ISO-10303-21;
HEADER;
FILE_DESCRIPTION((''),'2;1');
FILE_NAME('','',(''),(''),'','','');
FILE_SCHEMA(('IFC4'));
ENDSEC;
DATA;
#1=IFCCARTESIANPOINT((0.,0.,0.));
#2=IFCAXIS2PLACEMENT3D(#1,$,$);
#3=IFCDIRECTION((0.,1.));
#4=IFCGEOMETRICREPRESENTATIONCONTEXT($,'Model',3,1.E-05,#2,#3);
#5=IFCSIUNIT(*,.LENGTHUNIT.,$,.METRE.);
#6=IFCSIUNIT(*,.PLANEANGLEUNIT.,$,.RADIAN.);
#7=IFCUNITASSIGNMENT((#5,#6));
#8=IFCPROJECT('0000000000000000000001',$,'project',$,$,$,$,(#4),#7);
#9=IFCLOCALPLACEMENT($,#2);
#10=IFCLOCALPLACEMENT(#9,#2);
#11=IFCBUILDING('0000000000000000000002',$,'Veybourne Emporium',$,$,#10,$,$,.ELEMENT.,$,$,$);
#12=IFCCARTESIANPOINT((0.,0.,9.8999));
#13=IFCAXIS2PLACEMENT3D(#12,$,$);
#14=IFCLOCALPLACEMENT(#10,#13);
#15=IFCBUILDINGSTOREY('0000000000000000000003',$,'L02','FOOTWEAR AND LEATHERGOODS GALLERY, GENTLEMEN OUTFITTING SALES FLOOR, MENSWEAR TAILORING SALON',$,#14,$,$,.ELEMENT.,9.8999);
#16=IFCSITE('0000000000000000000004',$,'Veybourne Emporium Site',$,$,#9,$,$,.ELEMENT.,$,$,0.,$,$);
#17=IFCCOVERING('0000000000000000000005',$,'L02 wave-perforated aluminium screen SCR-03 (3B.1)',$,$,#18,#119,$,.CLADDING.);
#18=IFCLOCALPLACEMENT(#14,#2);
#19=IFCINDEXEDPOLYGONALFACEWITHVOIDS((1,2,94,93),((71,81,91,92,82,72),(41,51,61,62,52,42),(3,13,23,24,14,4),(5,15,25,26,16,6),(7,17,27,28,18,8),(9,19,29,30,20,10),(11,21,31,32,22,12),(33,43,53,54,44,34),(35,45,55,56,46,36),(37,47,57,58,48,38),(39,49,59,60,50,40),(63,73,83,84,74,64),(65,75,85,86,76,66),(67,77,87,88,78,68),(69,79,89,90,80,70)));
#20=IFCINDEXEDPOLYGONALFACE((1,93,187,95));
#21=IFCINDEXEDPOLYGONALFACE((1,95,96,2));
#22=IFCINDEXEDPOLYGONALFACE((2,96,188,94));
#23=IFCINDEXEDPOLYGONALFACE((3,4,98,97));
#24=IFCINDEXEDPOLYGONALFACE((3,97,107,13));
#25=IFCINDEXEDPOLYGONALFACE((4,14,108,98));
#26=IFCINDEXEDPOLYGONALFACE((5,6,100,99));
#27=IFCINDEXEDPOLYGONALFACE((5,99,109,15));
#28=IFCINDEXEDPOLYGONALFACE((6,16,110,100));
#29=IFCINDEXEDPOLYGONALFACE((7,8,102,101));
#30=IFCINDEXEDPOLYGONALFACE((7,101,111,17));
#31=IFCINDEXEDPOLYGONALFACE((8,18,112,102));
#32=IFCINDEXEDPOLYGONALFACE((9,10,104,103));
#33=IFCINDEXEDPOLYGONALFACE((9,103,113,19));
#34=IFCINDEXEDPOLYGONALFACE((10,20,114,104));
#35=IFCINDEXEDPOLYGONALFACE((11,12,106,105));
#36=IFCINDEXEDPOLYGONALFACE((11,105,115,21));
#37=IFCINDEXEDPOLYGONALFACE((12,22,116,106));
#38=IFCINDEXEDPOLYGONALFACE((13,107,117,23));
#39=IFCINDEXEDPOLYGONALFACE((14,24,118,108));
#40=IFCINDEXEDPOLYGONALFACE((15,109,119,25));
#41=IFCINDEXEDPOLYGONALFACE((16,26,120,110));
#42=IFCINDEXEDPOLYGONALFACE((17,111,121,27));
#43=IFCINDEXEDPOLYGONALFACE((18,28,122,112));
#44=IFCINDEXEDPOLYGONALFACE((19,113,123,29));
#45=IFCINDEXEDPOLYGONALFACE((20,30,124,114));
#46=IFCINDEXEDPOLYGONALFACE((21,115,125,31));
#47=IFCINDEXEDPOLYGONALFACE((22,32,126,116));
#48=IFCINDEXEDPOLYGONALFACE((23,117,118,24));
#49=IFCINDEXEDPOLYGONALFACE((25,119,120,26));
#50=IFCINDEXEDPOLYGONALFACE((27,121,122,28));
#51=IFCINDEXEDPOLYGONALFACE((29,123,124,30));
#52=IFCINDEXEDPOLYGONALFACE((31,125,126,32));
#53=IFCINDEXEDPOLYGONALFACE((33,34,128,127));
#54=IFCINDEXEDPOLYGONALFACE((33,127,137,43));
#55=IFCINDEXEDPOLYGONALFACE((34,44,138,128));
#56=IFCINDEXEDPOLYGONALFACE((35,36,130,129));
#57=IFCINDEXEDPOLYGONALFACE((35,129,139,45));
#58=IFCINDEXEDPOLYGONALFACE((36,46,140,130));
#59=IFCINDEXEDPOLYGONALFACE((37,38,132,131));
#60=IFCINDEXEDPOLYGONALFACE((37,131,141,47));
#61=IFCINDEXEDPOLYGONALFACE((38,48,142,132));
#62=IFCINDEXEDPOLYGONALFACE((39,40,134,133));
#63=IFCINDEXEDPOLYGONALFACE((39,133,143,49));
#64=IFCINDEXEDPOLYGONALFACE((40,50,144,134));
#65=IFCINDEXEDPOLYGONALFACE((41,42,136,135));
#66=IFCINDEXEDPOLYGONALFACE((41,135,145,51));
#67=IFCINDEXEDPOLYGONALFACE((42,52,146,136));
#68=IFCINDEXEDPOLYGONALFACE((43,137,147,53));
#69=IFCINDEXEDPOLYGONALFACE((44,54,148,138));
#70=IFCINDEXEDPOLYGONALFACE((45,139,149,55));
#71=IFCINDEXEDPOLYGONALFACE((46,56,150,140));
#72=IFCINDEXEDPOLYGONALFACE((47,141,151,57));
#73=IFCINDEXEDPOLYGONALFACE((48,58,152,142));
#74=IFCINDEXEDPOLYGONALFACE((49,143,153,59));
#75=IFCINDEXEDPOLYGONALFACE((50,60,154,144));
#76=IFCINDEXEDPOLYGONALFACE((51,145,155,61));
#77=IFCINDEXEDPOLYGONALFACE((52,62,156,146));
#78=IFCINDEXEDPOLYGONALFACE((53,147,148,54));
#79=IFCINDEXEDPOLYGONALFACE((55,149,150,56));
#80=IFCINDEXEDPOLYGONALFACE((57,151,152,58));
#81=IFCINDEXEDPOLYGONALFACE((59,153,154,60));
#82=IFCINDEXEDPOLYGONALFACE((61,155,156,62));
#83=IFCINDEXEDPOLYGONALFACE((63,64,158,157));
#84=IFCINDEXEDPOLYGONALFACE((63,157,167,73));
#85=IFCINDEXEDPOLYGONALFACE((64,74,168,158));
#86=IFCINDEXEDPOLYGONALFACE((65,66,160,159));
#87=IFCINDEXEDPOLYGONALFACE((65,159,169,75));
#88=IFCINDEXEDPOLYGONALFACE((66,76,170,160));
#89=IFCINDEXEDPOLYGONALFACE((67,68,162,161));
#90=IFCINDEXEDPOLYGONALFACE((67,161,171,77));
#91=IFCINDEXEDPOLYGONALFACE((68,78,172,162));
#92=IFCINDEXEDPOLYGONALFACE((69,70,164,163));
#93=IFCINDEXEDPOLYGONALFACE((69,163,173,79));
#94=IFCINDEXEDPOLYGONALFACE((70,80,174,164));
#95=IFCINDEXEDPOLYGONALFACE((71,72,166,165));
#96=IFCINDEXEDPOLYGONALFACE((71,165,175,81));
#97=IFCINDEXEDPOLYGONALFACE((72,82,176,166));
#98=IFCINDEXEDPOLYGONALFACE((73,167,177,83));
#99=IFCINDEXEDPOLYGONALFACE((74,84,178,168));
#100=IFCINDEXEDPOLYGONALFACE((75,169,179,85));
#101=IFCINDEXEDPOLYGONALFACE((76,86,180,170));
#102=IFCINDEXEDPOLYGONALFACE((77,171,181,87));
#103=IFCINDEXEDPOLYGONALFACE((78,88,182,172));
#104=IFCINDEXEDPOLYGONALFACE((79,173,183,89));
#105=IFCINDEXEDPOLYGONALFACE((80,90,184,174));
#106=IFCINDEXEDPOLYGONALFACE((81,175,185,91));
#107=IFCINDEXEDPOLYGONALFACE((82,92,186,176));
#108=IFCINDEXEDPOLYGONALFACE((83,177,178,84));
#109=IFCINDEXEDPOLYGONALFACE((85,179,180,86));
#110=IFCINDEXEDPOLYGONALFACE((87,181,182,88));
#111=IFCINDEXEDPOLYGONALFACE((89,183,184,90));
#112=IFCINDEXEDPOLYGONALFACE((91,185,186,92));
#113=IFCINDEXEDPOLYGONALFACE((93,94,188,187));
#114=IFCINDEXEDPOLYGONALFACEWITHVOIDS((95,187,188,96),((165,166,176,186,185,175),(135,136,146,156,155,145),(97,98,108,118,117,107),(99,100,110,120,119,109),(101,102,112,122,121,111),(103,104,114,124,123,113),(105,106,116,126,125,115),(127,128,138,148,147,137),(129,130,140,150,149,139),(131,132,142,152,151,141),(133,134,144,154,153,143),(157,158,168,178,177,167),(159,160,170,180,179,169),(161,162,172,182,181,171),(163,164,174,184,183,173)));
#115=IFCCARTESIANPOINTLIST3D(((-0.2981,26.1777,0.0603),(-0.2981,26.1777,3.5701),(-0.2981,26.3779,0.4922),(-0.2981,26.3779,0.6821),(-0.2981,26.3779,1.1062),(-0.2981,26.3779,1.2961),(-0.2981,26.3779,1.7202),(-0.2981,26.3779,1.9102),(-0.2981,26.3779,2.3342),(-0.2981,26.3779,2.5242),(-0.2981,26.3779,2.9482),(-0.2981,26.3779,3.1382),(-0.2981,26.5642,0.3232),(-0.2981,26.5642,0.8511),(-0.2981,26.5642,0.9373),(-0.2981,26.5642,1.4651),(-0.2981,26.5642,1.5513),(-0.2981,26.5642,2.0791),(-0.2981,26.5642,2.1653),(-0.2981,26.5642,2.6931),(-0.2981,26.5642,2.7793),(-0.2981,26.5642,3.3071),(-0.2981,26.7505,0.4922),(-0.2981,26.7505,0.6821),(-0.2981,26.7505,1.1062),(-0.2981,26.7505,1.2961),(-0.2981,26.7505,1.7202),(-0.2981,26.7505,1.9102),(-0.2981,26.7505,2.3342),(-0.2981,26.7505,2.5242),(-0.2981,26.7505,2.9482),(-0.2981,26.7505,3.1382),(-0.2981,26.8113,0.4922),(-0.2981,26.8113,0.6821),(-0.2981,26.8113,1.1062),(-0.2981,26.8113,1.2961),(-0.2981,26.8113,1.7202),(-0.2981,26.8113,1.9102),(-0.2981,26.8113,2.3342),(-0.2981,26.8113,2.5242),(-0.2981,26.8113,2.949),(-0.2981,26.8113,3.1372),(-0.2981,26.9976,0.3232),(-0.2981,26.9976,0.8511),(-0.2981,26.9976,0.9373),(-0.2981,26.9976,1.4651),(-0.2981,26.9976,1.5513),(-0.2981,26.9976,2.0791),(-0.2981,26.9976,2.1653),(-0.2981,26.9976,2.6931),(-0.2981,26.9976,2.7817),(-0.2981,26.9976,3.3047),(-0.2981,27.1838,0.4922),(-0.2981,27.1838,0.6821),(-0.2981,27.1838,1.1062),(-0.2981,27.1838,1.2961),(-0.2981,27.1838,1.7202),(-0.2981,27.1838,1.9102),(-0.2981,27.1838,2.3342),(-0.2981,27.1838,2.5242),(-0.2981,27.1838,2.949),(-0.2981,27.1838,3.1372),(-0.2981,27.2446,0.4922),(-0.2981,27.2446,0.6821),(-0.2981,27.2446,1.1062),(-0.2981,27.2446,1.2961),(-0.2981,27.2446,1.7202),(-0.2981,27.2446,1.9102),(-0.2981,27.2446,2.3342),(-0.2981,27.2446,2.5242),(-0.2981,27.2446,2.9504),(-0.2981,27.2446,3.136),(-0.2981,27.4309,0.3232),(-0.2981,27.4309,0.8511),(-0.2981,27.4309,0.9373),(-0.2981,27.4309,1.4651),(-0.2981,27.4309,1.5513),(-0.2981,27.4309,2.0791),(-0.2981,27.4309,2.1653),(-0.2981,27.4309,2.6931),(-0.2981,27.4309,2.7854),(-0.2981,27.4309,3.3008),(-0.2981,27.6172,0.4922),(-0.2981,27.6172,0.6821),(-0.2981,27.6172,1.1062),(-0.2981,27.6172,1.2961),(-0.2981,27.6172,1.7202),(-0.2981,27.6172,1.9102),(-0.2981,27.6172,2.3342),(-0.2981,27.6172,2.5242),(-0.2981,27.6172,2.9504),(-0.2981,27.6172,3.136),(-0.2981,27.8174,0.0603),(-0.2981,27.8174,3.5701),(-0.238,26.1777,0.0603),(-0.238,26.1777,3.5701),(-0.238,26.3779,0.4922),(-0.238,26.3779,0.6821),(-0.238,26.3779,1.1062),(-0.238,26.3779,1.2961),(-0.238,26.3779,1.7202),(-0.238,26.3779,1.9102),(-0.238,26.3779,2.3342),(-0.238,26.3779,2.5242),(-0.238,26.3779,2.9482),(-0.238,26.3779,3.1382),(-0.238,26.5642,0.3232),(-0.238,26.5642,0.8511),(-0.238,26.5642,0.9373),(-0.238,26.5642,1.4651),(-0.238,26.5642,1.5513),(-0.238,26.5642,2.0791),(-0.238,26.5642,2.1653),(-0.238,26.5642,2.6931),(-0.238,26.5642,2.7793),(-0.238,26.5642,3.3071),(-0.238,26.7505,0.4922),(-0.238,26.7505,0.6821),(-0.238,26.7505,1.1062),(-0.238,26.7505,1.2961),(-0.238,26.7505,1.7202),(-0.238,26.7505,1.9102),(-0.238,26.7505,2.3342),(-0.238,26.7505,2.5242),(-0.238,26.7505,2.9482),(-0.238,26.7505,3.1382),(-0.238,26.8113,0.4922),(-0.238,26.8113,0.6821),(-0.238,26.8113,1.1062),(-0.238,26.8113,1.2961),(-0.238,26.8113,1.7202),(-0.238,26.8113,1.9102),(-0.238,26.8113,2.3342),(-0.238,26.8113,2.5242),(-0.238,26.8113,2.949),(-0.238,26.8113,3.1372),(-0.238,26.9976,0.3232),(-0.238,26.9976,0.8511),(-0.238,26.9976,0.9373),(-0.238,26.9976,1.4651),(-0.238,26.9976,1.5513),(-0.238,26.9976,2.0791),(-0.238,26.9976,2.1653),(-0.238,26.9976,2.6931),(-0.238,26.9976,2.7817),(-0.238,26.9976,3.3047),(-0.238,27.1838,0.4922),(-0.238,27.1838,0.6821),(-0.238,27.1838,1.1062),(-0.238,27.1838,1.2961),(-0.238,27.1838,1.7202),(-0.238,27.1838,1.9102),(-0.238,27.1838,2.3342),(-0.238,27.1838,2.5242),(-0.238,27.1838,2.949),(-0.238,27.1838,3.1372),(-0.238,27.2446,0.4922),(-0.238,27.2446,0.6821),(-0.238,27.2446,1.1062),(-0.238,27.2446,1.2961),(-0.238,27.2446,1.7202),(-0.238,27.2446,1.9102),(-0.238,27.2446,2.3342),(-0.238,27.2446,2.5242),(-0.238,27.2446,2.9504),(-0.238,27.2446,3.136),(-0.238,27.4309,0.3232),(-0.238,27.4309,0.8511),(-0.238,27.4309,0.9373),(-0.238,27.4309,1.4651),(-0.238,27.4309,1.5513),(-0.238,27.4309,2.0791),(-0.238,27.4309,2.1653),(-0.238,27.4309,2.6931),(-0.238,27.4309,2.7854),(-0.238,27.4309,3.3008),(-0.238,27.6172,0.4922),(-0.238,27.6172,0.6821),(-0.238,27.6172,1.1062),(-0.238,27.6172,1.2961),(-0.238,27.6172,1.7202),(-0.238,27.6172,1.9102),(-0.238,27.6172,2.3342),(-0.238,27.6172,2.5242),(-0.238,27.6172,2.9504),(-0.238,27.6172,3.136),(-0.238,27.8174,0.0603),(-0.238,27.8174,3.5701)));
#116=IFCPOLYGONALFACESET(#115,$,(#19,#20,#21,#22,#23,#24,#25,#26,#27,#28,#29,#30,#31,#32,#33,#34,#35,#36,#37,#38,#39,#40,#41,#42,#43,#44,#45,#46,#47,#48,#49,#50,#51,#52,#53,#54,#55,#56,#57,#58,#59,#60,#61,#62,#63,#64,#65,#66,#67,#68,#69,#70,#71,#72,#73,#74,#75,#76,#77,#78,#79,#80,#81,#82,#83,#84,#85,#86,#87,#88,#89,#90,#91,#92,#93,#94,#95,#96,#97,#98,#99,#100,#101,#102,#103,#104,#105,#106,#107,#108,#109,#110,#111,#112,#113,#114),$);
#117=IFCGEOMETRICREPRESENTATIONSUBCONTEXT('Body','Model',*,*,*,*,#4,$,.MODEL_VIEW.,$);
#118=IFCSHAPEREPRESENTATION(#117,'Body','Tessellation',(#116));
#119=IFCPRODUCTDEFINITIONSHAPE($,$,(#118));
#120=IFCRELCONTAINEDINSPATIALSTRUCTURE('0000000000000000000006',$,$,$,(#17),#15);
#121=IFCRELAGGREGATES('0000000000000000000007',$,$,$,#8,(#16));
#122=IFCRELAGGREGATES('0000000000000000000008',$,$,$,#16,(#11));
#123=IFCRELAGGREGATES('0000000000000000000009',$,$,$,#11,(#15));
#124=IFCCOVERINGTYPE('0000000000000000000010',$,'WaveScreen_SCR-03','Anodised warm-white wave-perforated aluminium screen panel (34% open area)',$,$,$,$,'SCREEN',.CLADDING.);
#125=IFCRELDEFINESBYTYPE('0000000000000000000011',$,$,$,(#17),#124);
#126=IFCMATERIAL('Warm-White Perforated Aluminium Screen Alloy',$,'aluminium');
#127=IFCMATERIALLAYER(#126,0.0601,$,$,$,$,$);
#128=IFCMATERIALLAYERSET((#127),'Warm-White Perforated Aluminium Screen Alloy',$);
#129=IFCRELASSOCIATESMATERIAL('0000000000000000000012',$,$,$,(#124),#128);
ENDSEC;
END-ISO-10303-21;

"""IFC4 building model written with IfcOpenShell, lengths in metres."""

from ifc_helpers import new_model, si_unit, direction, frame, origin, place, context, subcontext, project, spatial, polyline, outline, extrude, material, layer, layer_set, type_object, element, save


model = new_model("IFC4")

# Units and contexts
model_context = context("Model", 3, precision=1e-05, world=origin(), true_north=direction((0.0, 1.0)))
body_context = subcontext(model_context, "Body", "Model", "MODEL_VIEW")
ifc_project = project(units=[si_unit("LENGTHUNIT", "METRE"), si_unit("PLANEANGLEUNIT", "RADIAN")], contexts=[model_context])

# Site, building, storey
site_placement = place(None, origin())
site = spatial("IfcSite", under=ifc_project, at=site_placement, Name="Veybourne Emporium Site", CompositionType="ELEMENT", RefElevation=0.0)
building_placement = place(site_placement, origin())
building = spatial("IfcBuilding", under=site, at=building_placement, Name="Veybourne Emporium", CompositionType="ELEMENT")
storey_placement = place(building_placement, frame((0.0, 0.0, 9.8999)))
storey = spatial("IfcBuildingStorey", under=building, at=storey_placement, Name="L02", Description="FOOTWEAR AND LEATHERGOODS GALLERY, GENTLEMEN OUTFITTING SALES FLOOR, MENSWEAR TAILORING SALON", CompositionType="ELEMENT", Elevation=9.8999)

# Covering
ifc_material_1 = material(Name="Warm-White Perforated Aluminium Screen Alloy", Category="aluminium")
ifc_layer_1 = layer(ifc_material_1, 0.0601)
ifc_layer_set_1 = layer_set([ifc_layer_1], Name="Warm-White Perforated Aluminium Screen Alloy")
covering_type_1 = type_object("IfcCoveringType", Name="WaveScreen_SCR-03", Description="Anodised warm-white wave-perforated aluminium screen panel (34% open area)", ElementType="SCREEN", PredefinedType="CLADDING", material=ifc_layer_set_1)
covering_1_placement = place(storey_placement, frame((-0.2981, 26.9976, 1.8152), z_axis=(1.0, 0.0, 0.0), x_axis=(0.0, 1.0, 0.0)))
element("IfcCovering", 1, at=covering_1_placement, inside=storey, type_object=covering_type_1, Name="L02 wave-perforated aluminium screen SCR-03 (3B.1)", PredefinedType="CLADDING", context=body_context, shape_type="SweptSolid", body=[
    extrude(outline(polyline([(-0.8198, -1.7549), (0.8198, -1.7549), (0.8198, 1.7549), (-0.8198, 1.7549), (-0.8198, -1.7549)]), holes=[polyline([(-0.4333, -0.9641), (-0.2471, -1.1331), (-0.2471, -1.323), (-0.4333, -1.4919), (-0.6196, -1.323), (-0.6196, -1.1331), (-0.4333, -0.9641)]), polyline([(-0.4333, -0.3501), (-0.2471, -0.519), (-0.2471, -0.709), (-0.4333, -0.8779), (-0.6196, -0.709), (-0.6196, -0.519), (-0.4333, -0.3501)]), polyline([(-0.4333, 0.2639), (-0.2471, 0.095), (-0.2471, -0.095), (-0.4333, -0.2639), (-0.6196, -0.095), (-0.6196, 0.095), (-0.4333, 0.2639)]), polyline([(-0.4333, 0.8779), (-0.2471, 0.709), (-0.2471, 0.519), (-0.4333, 0.3501), (-0.6196, 0.519), (-0.6196, 0.709), (-0.4333, 0.8779)]), polyline([(-0.4333, 1.4919), (-0.2471, 1.323), (-0.2471, 1.1331), (-0.4333, 0.9641), (-0.6196, 1.1331), (-0.6196, 1.323), (-0.4333, 1.4919)]), polyline([(0.0, -0.9641), (0.1863, -1.1331), (0.1863, -1.323), (0.0, -1.4919), (-0.1863, -1.323), (-0.1863, -1.1331), (0.0, -0.9641)]), polyline([(0.0, -0.3501), (0.1863, -0.519), (0.1863, -0.709), (0.0, -0.8779), (-0.1863, -0.709), (-0.1863, -0.519), (0.0, -0.3501)]), polyline([(0.0, 0.2639), (0.1863, 0.095), (0.1863, -0.095), (0.0, -0.2639), (-0.1863, -0.095), (-0.1863, 0.095), (0.0, 0.2639)]), polyline([(0.0, 0.8779), (0.1863, 0.709), (0.1863, 0.519), (0.0, 0.3501), (-0.1863, 0.519), (-0.1863, 0.709), (0.0, 0.8779)]), polyline([(0.0, 1.4895), (0.1863, 1.322), (0.1863, 1.1338), (0.0, 0.9666), (-0.1863, 1.1338), (-0.1863, 1.322), (0.0, 1.4895)]), polyline([(0.4333, -0.9641), (0.6196, -1.1331), (0.6196, -1.323), (0.4333, -1.4919), (0.2471, -1.323), (0.2471, -1.1331), (0.4333, -0.9641)]), polyline([(0.4333, -0.3501), (0.6196, -0.519), (0.6196, -0.709), (0.4333, -0.8779), (0.2471, -0.709), (0.2471, -0.519), (0.4333, -0.3501)]), polyline([(0.4333, 0.2639), (0.6196, 0.095), (0.6196, -0.095), (0.4333, -0.2639), (0.2471, -0.095), (0.2471, 0.095), (0.4333, 0.2639)]), polyline([(0.4333, 0.8779), (0.6196, 0.709), (0.6196, 0.519), (0.4333, 0.3501), (0.2471, 0.519), (0.2471, 0.709), (0.4333, 0.8779)]), polyline([(0.4333, 1.4856), (0.6196, 1.3208), (0.6196, 1.1353), (0.4333, 0.9702), (0.2471, 1.1353), (0.2471, 1.3208), (0.4333, 1.4856)])]), origin(), (0.0, 0.0, 1.0), 0.0601),
])

save(model, "model.ifc")
